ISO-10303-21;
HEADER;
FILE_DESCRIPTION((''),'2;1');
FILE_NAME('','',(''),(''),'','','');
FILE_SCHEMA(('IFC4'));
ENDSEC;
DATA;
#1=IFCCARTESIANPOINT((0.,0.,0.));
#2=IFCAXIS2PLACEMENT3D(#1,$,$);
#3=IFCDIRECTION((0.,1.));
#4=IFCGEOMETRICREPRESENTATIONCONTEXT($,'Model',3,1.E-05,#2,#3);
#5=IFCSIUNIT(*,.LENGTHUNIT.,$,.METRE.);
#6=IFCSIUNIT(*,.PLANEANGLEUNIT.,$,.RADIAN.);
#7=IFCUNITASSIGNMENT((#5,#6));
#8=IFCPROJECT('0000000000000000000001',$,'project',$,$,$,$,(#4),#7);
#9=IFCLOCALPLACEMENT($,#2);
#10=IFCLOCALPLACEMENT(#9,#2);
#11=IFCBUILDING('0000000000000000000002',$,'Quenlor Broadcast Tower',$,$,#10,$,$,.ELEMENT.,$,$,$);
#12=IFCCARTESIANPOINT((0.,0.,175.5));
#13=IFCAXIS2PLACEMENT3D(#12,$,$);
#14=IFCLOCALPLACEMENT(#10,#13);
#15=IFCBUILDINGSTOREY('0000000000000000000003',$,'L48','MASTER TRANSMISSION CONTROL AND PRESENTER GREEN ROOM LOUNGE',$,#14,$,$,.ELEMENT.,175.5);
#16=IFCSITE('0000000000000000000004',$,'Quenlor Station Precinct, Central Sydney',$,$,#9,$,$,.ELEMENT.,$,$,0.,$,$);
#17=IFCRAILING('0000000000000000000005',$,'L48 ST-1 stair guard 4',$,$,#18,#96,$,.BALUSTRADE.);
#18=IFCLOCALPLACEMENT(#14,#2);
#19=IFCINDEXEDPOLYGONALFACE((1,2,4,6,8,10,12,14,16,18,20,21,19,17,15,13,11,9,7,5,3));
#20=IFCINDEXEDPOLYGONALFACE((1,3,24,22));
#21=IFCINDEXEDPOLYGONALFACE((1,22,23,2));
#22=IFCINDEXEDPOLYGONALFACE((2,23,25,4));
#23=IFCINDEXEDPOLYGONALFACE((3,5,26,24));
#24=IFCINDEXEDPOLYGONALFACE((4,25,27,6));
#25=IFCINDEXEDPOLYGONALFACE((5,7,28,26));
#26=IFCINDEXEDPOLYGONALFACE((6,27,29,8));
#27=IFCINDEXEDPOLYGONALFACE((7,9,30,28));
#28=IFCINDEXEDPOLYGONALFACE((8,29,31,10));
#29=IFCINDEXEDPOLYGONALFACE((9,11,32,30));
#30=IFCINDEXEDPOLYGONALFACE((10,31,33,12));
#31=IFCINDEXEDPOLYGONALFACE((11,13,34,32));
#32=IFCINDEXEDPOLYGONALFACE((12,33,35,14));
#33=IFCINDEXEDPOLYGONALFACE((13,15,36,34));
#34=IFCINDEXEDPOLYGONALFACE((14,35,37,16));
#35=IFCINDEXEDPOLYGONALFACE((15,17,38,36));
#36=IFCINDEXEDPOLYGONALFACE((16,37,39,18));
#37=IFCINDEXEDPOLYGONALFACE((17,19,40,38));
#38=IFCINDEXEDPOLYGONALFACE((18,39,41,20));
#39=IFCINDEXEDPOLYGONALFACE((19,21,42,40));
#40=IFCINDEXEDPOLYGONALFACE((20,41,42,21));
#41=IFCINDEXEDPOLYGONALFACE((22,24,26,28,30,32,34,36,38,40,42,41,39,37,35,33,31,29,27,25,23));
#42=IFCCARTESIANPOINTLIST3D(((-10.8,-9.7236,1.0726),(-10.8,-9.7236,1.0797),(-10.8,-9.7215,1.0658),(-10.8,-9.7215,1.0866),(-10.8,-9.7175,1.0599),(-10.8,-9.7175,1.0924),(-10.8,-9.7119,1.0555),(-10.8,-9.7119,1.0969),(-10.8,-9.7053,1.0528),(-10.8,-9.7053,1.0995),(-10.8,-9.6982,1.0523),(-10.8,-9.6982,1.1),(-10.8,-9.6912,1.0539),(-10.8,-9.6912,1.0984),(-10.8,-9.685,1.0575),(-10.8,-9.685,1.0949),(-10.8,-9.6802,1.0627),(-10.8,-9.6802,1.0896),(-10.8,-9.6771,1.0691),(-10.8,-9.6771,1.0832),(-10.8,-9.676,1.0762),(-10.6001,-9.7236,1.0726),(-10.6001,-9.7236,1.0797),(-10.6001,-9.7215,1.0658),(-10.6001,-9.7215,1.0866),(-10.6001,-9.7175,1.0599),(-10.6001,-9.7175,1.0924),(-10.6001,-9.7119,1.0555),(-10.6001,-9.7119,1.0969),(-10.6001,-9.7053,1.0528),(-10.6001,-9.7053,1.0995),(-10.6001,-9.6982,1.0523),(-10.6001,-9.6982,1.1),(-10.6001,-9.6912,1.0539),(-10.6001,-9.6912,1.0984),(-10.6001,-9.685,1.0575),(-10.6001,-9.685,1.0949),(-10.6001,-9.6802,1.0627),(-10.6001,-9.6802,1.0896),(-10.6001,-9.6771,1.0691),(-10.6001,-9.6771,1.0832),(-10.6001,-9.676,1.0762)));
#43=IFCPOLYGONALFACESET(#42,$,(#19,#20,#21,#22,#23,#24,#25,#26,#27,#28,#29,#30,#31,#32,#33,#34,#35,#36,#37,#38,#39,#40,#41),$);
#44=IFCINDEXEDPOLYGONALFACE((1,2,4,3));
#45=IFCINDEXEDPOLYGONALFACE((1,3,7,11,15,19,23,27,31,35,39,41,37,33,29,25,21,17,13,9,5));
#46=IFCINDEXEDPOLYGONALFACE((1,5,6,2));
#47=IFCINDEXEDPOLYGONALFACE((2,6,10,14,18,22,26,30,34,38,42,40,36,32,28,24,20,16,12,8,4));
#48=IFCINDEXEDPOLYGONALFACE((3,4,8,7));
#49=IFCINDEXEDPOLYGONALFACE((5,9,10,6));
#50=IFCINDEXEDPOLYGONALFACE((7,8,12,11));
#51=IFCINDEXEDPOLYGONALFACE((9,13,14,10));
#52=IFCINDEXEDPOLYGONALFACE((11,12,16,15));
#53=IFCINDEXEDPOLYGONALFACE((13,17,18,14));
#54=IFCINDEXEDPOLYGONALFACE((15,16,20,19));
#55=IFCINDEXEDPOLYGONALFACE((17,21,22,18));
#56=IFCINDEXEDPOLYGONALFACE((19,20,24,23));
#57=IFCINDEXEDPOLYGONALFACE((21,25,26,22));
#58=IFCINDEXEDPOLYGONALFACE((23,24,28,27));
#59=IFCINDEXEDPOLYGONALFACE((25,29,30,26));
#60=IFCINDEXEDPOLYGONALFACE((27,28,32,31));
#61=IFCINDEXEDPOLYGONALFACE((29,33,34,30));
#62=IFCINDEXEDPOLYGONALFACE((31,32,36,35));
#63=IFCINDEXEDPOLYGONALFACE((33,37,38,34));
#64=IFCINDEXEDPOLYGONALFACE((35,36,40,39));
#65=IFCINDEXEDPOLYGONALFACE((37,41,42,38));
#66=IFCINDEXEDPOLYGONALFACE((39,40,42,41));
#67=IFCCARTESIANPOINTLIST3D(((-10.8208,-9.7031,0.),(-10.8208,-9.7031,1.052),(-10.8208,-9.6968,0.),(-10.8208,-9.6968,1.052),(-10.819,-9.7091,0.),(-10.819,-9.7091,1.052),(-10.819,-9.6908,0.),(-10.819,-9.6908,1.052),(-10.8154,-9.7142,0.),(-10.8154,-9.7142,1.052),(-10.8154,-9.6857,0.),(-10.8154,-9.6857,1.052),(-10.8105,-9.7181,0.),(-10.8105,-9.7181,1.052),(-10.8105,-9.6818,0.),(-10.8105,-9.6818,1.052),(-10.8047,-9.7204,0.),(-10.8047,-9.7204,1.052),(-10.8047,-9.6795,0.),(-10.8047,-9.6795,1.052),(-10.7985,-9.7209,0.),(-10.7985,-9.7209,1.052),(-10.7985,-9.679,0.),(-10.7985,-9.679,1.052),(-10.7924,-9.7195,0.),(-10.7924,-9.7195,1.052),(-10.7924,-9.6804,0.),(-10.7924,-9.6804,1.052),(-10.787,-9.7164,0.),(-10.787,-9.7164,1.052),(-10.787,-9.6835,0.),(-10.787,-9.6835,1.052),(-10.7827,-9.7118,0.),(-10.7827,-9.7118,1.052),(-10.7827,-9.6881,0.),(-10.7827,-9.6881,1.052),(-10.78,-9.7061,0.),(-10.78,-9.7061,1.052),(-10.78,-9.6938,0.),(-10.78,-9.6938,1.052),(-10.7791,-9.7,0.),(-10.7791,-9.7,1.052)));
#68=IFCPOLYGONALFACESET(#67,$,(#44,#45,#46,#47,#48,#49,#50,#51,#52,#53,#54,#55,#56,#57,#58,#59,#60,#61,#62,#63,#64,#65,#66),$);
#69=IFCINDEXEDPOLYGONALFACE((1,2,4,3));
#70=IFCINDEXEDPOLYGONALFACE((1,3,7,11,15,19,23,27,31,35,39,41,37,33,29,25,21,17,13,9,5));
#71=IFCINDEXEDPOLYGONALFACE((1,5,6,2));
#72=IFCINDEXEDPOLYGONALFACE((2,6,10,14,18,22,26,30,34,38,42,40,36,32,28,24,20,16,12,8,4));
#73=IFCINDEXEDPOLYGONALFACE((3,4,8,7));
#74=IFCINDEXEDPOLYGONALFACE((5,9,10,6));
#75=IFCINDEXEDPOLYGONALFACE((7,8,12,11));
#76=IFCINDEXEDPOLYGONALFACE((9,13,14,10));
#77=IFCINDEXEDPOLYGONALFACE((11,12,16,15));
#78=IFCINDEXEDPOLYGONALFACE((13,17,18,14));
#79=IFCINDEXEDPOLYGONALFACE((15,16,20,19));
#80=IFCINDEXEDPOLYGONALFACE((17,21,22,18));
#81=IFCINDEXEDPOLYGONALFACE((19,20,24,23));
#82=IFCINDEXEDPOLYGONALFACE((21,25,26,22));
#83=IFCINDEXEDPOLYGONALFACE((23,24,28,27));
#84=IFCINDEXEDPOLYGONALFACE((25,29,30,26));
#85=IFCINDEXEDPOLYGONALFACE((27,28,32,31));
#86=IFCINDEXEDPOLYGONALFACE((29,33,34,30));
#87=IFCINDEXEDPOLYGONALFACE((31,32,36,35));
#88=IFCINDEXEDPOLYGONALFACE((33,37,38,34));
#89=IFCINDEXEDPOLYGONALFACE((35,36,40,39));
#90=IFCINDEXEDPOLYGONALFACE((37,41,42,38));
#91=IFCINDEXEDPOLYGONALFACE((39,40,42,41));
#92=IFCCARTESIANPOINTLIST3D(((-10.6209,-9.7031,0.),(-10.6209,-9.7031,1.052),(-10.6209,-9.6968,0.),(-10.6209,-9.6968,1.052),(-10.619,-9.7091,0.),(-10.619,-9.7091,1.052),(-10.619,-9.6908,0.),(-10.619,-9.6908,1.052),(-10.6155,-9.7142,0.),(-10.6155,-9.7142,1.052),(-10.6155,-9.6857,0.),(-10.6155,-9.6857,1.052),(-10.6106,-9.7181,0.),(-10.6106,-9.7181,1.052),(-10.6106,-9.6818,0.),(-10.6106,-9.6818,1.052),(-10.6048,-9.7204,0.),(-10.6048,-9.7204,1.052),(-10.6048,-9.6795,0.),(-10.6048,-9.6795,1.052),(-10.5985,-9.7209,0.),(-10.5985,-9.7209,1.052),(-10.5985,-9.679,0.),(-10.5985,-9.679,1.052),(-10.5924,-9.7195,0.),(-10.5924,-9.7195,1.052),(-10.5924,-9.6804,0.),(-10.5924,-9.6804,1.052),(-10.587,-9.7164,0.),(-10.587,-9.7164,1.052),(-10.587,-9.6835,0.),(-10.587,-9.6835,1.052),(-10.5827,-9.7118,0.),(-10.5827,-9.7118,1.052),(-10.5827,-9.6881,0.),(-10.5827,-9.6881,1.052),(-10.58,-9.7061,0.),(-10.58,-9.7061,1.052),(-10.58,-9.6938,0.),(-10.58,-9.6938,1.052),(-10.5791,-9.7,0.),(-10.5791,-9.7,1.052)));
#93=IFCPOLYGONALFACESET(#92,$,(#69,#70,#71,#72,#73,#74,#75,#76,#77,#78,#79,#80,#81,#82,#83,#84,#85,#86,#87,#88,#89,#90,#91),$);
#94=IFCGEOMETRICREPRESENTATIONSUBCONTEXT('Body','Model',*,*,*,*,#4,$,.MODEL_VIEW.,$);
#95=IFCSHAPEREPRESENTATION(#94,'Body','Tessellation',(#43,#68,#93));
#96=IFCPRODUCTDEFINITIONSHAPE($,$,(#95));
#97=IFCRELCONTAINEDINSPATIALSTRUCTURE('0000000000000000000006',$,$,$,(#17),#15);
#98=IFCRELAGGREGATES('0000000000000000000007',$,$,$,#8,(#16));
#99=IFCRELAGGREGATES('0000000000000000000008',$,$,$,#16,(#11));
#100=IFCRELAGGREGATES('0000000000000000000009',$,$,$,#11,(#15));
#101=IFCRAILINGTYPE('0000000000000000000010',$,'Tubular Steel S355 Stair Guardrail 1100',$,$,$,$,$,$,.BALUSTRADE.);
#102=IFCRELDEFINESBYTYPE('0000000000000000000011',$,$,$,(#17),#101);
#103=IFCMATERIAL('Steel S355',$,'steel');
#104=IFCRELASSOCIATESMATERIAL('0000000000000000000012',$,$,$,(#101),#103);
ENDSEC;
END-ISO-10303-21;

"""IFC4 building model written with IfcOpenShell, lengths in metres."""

from ifc_helpers import new_model, si_unit, direction, frame, origin, origin_2d, place, context, subcontext, project, spatial, circle, extrude, material, type_object, element, save


model = new_model("IFC4")

# Units and contexts
model_context = context("Model", 3, precision=1e-05, world=origin(), true_north=direction((0.0, 1.0)))
body_context = subcontext(model_context, "Body", "Model", "MODEL_VIEW")
ifc_project = project(units=[si_unit("LENGTHUNIT", "METRE"), si_unit("PLANEANGLEUNIT", "RADIAN")], contexts=[model_context])

# Site, building, storey
site_placement = place(None, origin())
site = spatial("IfcSite", under=ifc_project, at=site_placement, Name="Quenlor Station Precinct, Central Sydney", CompositionType="ELEMENT", RefElevation=0.0)
building_placement = place(site_placement, origin())
building = spatial("IfcBuilding", under=site, at=building_placement, Name="Quenlor Broadcast Tower", CompositionType="ELEMENT")
storey_placement = place(building_placement, frame((0.0, 0.0, 175.5)))
storey = spatial("IfcBuildingStorey", under=building, at=storey_placement, Name="L48", Description="MASTER TRANSMISSION CONTROL AND PRESENTER GREEN ROOM LOUNGE", CompositionType="ELEMENT", Elevation=175.5)

# Railing
ifc_material_1 = material(Name="Steel S355", Category="steel")
railing_type_1 = type_object("IfcRailingType", Name="Tubular Steel S355 Stair Guardrail 1100", PredefinedType="BALUSTRADE", material=ifc_material_1)
railing_1_placement = place(storey_placement, frame((-10.8, -9.7, 0.0)))
element("IfcRailing", 1, at=railing_1_placement, inside=storey, type_object=railing_type_1, Name="L48 ST-1 stair guard 4", PredefinedType="BALUSTRADE", context=body_context, shape_type="SweptSolid", body=[
    extrude(circle(Radius=0.0239, at=origin_2d()), frame((0.0, 0.0, 1.0762), z_axis=(1.0, 0.0, 0.0), x_axis=(0.0, 1.0, 0.0)), (0.0, 0.0, 1.0), 0.2),
    extrude(circle(Radius=0.021, at=origin_2d()), origin(), (0.0, 0.0, 1.0), 1.052),
    extrude(circle(Radius=0.021, at=origin_2d()), frame((0.2, 0.0, 0.0)), (0.0, 0.0, 1.0), 1.052),
])

save(model, "model.ifc")
